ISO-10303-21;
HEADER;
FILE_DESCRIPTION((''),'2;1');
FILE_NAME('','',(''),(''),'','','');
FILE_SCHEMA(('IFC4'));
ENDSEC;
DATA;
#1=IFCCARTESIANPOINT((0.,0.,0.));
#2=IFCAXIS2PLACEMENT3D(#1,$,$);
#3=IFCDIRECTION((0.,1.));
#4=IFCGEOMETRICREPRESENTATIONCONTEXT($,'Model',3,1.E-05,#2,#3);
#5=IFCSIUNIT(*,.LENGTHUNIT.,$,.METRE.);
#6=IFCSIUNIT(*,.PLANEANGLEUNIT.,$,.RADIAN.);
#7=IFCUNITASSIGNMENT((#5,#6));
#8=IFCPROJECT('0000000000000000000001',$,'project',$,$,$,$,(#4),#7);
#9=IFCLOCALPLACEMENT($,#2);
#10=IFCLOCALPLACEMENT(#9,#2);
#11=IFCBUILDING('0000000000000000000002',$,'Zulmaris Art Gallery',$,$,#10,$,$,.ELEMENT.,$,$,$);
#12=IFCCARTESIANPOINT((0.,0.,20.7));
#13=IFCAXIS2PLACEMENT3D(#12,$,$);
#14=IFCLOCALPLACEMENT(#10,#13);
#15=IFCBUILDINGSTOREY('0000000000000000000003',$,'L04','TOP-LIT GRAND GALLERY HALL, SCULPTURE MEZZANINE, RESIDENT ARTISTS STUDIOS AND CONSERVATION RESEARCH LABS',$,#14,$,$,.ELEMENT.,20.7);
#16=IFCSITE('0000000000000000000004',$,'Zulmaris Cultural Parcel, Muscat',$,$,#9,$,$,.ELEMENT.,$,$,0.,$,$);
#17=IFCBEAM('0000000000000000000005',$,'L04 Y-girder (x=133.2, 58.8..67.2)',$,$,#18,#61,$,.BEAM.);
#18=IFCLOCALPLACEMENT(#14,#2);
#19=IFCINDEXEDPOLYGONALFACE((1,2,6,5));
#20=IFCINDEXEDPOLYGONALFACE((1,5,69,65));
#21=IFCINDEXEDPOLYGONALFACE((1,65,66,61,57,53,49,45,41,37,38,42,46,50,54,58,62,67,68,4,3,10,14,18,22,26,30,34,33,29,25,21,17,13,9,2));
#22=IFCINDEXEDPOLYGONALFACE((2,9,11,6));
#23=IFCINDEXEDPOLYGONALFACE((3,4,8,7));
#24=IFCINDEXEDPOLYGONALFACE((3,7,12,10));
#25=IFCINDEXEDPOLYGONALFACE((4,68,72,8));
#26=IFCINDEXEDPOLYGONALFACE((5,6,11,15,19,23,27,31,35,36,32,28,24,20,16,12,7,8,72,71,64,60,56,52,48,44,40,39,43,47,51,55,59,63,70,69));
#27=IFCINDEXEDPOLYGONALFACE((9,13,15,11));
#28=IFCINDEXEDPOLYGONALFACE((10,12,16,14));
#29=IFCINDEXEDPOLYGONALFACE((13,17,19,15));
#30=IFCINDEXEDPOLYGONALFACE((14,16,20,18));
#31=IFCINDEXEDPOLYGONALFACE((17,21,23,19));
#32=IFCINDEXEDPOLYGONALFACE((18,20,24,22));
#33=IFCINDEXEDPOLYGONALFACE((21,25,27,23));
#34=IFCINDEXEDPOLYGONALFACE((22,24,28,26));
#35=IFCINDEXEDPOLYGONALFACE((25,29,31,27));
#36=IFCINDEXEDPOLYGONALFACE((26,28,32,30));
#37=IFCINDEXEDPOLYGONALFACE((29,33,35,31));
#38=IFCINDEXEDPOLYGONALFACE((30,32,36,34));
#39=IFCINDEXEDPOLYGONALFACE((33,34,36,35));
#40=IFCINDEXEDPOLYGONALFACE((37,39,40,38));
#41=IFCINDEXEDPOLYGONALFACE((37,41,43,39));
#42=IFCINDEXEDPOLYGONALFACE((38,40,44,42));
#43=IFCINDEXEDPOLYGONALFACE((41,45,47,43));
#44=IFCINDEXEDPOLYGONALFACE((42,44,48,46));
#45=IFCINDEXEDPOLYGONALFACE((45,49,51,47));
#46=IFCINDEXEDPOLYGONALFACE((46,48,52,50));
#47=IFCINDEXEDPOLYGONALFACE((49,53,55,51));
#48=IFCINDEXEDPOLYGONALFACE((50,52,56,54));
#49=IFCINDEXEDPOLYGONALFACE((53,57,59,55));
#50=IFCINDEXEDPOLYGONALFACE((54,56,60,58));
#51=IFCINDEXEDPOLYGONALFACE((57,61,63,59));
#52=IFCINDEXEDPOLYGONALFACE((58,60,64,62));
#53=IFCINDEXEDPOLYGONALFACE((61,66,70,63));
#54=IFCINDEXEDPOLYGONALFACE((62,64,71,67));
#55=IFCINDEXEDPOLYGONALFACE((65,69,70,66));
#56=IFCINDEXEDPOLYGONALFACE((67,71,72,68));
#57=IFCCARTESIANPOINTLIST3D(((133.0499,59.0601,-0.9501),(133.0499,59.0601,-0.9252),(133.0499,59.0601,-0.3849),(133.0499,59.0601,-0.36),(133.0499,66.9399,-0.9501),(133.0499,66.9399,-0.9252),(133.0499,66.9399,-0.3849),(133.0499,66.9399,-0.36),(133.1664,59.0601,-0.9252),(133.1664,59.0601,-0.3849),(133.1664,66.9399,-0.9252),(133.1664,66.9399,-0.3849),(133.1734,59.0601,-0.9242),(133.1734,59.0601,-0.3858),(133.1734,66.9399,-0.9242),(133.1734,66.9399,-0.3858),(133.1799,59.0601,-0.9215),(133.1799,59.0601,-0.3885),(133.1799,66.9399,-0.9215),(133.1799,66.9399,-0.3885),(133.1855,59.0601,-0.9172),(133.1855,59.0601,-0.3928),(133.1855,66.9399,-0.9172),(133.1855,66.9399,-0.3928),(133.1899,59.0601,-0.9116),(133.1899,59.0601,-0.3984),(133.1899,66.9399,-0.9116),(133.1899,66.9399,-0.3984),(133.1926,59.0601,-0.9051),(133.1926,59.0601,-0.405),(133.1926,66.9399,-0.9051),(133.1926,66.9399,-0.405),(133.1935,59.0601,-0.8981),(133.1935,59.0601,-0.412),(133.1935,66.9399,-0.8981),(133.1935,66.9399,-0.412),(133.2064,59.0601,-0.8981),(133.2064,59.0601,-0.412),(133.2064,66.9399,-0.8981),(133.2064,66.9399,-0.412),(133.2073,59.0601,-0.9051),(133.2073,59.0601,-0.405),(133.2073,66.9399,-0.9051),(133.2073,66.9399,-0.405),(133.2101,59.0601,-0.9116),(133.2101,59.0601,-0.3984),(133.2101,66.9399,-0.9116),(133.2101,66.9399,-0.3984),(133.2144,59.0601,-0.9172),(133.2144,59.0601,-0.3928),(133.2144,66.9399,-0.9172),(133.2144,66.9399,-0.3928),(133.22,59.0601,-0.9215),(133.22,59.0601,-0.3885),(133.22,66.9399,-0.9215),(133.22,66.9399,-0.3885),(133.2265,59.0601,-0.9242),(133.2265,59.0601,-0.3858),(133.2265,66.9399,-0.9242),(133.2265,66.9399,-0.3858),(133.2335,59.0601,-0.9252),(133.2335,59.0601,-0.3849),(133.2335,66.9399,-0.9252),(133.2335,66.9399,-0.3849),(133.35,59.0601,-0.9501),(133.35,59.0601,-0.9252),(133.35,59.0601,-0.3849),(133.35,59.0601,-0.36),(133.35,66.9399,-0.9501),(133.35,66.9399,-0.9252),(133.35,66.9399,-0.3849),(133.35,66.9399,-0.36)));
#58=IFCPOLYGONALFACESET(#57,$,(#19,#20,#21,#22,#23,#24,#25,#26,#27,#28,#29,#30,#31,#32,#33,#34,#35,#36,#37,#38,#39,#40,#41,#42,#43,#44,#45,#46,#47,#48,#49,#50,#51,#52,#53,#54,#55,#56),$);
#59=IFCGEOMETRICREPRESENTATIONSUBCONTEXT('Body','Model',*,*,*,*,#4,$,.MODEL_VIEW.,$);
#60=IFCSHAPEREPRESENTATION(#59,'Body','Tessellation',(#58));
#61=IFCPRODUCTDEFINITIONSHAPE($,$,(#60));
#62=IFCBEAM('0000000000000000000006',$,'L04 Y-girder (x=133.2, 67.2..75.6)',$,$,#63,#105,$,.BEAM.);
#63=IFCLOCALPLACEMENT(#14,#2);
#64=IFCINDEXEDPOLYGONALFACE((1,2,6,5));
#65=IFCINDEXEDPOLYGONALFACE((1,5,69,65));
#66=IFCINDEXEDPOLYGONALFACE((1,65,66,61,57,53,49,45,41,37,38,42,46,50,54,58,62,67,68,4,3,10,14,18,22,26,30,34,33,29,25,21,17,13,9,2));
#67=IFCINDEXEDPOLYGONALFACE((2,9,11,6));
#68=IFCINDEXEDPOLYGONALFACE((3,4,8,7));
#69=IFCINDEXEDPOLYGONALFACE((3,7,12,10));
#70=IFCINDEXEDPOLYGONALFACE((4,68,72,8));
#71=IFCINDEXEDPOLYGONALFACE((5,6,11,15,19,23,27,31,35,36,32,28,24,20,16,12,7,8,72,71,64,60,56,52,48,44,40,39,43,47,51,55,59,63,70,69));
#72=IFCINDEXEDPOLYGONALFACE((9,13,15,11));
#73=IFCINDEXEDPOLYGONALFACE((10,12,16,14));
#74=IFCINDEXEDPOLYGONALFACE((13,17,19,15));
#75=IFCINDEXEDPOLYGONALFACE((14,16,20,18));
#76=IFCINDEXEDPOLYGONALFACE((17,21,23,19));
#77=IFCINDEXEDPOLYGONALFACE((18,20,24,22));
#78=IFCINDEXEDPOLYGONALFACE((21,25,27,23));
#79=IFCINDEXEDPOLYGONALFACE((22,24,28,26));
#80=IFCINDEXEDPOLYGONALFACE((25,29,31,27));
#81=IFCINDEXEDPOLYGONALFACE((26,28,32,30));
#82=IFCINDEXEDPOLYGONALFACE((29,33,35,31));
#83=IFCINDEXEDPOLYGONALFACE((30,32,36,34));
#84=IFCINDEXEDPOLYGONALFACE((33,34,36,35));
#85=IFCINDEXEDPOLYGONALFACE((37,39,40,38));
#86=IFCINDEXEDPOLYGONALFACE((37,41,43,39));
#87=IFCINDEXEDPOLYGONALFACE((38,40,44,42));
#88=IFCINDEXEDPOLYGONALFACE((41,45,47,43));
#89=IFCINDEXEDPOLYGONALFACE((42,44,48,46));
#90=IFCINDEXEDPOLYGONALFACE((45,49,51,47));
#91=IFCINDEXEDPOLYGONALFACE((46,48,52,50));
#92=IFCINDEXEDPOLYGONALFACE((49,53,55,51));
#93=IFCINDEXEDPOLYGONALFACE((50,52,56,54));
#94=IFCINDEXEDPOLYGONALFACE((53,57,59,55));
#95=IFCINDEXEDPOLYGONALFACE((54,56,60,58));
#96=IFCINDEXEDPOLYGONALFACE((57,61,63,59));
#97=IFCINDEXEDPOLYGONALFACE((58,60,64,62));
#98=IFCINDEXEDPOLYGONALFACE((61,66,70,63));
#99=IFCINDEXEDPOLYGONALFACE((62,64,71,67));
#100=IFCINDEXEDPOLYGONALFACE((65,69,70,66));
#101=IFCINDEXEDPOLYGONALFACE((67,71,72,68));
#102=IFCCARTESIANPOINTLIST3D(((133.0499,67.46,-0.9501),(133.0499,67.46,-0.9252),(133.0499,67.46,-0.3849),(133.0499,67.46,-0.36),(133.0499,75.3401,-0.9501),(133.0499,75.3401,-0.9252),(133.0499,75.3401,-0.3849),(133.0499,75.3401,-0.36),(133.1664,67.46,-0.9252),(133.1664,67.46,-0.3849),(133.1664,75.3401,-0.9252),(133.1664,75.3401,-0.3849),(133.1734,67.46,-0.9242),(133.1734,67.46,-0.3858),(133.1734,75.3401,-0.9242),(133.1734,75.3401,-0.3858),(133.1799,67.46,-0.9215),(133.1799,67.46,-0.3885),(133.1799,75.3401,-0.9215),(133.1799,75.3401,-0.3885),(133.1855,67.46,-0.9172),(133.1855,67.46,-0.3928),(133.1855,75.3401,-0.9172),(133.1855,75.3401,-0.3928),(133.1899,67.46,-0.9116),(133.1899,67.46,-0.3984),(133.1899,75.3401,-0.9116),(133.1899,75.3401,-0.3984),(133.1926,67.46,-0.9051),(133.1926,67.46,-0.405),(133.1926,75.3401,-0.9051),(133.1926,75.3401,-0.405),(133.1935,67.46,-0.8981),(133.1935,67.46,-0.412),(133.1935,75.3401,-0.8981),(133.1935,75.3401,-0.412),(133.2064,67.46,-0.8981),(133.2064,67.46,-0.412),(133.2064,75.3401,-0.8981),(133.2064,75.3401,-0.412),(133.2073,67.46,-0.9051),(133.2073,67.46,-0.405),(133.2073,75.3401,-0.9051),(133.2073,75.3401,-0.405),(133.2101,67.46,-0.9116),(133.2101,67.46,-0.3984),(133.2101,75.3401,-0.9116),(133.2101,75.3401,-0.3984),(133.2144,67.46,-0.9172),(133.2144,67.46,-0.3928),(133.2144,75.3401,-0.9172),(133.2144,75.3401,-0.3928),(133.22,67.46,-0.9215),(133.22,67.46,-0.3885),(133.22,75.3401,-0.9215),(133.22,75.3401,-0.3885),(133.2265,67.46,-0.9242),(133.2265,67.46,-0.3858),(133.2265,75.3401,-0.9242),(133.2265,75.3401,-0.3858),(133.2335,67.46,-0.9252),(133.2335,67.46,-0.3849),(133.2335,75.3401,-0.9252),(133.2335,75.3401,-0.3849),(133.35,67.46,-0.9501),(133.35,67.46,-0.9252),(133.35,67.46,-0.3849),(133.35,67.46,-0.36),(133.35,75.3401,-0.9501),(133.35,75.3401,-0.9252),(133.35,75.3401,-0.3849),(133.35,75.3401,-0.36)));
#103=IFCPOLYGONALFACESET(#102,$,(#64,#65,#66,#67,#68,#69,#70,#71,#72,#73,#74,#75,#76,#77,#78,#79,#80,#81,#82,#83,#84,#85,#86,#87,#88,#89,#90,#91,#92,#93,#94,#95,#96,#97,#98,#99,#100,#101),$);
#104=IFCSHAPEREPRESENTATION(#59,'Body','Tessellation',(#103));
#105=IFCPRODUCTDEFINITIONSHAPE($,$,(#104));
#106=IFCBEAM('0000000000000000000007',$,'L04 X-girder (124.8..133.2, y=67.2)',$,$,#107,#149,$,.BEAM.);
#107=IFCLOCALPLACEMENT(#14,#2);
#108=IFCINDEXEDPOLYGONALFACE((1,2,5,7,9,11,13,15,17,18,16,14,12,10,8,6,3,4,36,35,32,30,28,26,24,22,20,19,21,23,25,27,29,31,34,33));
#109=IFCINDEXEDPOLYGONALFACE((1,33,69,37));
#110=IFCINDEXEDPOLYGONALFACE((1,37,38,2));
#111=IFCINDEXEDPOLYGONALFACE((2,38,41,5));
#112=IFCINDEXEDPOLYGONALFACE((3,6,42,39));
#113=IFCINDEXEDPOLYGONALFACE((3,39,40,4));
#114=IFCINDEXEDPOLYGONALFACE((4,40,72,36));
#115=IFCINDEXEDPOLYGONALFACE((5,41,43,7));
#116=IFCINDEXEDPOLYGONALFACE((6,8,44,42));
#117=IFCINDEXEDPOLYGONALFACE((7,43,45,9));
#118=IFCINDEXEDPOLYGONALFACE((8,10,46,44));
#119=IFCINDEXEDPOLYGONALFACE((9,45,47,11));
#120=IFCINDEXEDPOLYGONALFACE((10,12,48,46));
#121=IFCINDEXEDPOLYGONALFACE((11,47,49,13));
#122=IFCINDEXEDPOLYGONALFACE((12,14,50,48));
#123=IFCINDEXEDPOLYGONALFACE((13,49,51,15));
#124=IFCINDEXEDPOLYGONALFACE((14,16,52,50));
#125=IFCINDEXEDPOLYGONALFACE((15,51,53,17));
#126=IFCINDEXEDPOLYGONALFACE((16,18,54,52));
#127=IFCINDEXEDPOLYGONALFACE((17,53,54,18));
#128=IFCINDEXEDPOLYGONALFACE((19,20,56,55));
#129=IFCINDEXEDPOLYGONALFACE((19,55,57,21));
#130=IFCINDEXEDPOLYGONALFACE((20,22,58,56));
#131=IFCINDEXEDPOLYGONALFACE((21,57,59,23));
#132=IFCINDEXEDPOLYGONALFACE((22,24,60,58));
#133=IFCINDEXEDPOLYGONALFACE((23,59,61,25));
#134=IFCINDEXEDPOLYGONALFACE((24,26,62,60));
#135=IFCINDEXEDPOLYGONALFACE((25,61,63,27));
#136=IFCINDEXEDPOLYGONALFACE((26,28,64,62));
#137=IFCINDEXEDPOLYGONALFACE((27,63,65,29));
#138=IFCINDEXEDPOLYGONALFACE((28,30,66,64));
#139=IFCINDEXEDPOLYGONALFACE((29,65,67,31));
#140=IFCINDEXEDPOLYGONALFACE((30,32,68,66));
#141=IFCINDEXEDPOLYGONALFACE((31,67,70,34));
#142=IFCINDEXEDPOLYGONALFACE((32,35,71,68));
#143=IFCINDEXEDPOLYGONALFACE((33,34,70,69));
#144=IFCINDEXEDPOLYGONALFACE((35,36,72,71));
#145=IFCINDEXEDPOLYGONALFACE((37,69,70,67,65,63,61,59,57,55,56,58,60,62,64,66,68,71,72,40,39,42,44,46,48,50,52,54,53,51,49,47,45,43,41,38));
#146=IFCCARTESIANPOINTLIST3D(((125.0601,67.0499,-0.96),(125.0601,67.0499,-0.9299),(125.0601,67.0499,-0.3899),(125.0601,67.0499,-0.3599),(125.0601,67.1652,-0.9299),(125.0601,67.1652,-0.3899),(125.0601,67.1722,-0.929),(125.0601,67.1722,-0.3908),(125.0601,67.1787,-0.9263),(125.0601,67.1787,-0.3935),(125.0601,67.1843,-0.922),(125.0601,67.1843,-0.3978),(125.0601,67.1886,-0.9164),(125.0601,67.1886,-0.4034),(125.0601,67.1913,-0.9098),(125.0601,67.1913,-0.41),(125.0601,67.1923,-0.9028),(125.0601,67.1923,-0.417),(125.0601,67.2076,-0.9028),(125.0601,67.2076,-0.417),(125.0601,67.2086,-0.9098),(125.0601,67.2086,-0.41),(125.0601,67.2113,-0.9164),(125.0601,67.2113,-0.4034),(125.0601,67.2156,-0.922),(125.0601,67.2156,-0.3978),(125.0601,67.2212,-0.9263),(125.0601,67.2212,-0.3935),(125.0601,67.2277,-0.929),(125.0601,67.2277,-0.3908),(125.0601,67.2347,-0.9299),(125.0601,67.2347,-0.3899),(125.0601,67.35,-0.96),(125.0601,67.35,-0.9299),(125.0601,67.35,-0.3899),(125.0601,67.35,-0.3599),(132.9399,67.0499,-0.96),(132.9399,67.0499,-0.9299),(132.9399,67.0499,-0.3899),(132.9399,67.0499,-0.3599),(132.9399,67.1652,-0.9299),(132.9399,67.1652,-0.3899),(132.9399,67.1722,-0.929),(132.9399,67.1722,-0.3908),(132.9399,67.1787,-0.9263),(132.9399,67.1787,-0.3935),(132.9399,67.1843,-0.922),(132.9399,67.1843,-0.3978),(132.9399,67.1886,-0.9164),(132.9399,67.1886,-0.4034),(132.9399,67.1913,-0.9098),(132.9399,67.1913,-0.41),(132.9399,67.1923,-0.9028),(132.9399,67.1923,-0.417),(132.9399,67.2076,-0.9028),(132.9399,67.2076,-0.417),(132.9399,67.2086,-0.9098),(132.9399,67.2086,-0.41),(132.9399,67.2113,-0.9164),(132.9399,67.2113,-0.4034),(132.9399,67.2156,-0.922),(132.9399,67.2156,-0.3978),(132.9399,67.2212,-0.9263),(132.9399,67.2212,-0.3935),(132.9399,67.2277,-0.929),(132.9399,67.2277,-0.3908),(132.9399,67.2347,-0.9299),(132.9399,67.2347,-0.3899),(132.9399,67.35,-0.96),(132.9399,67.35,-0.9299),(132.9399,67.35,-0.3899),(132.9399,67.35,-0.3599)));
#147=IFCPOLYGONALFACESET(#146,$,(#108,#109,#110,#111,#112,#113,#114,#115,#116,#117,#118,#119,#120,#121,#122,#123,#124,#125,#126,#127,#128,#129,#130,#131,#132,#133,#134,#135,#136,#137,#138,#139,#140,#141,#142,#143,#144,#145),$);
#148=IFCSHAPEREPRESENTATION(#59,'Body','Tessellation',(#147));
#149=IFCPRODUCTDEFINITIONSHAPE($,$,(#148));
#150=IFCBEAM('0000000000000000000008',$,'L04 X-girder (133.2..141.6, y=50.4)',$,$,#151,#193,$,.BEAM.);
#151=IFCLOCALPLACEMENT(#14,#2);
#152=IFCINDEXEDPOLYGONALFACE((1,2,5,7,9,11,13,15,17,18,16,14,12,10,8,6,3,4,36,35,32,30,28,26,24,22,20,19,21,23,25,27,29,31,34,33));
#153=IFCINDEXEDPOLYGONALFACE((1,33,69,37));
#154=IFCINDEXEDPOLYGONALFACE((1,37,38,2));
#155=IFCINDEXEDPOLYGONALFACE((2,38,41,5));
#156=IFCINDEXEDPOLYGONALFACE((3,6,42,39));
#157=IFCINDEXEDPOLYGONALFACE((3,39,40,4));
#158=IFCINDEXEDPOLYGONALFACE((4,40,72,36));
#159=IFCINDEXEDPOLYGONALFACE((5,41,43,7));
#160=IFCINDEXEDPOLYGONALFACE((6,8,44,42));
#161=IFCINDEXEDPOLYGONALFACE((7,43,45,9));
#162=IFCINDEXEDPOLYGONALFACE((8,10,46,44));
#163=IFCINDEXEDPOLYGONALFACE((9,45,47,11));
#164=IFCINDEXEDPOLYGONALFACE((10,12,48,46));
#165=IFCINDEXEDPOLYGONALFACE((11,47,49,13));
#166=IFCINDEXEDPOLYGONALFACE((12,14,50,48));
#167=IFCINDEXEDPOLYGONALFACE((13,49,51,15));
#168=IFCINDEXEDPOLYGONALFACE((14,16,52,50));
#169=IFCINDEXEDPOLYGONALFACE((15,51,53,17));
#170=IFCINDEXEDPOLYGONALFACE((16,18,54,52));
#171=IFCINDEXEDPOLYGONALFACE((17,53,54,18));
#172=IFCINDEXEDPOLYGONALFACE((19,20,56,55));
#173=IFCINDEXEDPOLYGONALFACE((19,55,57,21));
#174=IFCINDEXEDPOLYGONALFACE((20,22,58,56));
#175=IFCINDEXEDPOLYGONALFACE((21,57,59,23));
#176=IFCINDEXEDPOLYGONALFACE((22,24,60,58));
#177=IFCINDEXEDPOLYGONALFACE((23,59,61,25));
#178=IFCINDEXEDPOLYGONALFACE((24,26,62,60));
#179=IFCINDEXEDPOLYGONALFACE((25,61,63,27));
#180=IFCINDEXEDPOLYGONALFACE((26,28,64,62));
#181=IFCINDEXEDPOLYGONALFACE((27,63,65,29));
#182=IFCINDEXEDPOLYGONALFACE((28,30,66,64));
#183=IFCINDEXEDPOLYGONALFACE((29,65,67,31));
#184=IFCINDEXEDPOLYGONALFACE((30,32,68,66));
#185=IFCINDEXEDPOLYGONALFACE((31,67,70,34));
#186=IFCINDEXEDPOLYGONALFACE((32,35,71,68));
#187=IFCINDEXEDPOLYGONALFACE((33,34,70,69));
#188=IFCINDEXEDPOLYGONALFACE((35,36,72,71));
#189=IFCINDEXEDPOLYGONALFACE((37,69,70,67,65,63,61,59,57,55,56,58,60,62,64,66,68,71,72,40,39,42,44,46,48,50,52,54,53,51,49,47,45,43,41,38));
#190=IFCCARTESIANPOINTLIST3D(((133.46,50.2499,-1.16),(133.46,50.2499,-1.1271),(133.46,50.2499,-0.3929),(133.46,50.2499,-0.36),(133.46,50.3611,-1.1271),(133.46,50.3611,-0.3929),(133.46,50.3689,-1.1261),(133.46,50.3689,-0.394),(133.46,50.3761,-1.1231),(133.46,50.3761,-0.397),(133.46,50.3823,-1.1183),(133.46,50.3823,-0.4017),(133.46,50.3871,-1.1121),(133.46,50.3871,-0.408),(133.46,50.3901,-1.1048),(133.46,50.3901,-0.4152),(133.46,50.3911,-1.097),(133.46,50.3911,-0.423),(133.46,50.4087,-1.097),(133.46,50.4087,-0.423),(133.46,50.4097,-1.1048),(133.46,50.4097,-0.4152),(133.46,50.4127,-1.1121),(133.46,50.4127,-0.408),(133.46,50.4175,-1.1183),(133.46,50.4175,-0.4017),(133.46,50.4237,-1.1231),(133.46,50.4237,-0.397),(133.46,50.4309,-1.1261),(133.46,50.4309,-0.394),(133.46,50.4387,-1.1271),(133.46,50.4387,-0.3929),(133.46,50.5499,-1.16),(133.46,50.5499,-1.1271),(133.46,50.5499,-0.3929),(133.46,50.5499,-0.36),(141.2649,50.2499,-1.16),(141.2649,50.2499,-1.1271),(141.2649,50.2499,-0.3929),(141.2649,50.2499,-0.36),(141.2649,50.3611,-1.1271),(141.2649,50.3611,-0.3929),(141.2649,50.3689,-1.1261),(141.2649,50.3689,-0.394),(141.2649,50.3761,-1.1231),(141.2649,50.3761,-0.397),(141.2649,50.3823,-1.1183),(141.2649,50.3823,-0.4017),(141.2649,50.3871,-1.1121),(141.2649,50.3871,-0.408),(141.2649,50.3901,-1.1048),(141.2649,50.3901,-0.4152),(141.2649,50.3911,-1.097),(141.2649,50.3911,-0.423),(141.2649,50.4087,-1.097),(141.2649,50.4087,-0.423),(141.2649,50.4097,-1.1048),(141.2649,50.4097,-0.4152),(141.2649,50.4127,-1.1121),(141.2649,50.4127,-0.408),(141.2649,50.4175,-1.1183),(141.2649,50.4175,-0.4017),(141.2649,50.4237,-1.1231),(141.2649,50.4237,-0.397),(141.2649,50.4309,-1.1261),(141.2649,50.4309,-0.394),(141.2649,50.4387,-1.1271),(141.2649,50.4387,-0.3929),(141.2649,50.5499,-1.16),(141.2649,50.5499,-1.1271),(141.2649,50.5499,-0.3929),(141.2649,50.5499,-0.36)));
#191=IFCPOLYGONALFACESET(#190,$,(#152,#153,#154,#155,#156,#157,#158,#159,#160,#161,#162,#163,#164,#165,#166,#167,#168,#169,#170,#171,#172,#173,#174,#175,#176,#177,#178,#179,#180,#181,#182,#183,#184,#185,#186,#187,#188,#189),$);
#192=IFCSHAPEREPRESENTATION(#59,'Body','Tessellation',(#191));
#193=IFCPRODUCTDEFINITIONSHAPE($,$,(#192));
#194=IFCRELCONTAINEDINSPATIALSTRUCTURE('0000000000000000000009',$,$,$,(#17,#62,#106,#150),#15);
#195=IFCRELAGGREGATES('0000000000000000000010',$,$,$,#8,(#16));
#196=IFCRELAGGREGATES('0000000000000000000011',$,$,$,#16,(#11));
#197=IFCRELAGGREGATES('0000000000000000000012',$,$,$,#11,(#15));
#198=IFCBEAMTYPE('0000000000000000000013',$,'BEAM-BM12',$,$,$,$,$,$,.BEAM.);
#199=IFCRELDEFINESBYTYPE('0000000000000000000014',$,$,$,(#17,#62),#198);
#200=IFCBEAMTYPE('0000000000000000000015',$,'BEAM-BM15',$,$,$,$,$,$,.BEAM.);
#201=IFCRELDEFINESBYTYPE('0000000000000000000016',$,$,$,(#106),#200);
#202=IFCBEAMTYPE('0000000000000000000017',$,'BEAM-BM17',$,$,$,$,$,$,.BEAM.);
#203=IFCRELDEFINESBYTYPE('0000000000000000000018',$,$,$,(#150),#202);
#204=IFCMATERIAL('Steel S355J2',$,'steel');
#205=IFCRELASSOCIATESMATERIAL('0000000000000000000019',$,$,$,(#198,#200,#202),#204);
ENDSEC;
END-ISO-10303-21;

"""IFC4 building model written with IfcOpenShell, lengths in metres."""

from ifc_helpers import new_model, si_unit, direction, frame, origin, origin_2d, place, context, subcontext, project, spatial, i_section, extrude, material, material_profile, profile_set, type_object, element, save


model = new_model("IFC4")

# Units and contexts
model_context = context("Model", 3, precision=1e-05, world=origin(), true_north=direction((0.0, 1.0)))
body_context = subcontext(model_context, "Body", "Model", "MODEL_VIEW")
ifc_project = project(units=[si_unit("LENGTHUNIT", "METRE"), si_unit("PLANEANGLEUNIT", "RADIAN")], contexts=[model_context])

# Site, building, storey
site_placement = place(None, origin())
site = spatial("IfcSite", under=ifc_project, at=site_placement, Name="Zulmaris Cultural Parcel, Muscat", CompositionType="ELEMENT", RefElevation=0.0)
building_placement = place(site_placement, origin())
building = spatial("IfcBuilding", under=site, at=building_placement, Name="Zulmaris Art Gallery", CompositionType="ELEMENT")
storey_placement = place(building_placement, frame((0.0, 0.0, 20.7)))
storey = spatial("IfcBuildingStorey", under=building, at=storey_placement, Name="L04", Description="TOP-LIT GRAND GALLERY HALL, SCULPTURE MEZZANINE, RESIDENT ARTISTS STUDIOS AND CONSERVATION RESEARCH LABS", CompositionType="ELEMENT", Elevation=20.7)

# Beams
ifc_material_1 = material(Name="Steel S355J2", Category="steel")
ifc_material_profile_1 = material_profile(ifc_material_1, i_section(OverallWidth=0.3, OverallDepth=0.5901, WebThickness=0.0129, FlangeThickness=0.0249, FilletRadius=0.0271, at=origin_2d()), Name="HEA 600")
ifc_profile_set_1 = profile_set([ifc_material_profile_1], Name="Steel S355J2")
beam_type_1 = type_object("IfcBeamType", Name="BEAM-BM12", PredefinedType="BEAM", material=ifc_profile_set_1)
beam_1_placement = place(storey_placement, frame((133.2, 59.0601, -0.655), z_axis=(0.0, 1.0, 0.0), x_axis=(-1.0, 0.0, 0.0)))
element("IfcBeam", 1, at=beam_1_placement, inside=storey, type_object=beam_type_1, Name="L04 Y-girder (x=133.2, 58.8..67.2)", PredefinedType="BEAM", context=body_context, shape_type="SweptSolid", body=[
    extrude(i_section(OverallWidth=0.3, OverallDepth=0.5901, WebThickness=0.0129, FlangeThickness=0.0249, FilletRadius=0.0271, at=origin_2d()), origin(), (0.0, 0.0, 1.0), 7.8799),
])
beam_2_placement = place(storey_placement, frame((133.2, 67.46, -0.655), z_axis=(0.0, 1.0, 0.0), x_axis=(-1.0, 0.0, 0.0)))
element("IfcBeam", 2, at=beam_2_placement, inside=storey, type_object=beam_type_1, Name="L04 Y-girder (x=133.2, 67.2..75.6)", PredefinedType="BEAM", context=body_context, shape_type="SweptSolid", body=[
    extrude(i_section(OverallWidth=0.3, OverallDepth=0.5901, WebThickness=0.0129, FlangeThickness=0.0249, FilletRadius=0.0271, at=origin_2d()), origin(), (0.0, 0.0, 1.0), 7.8801),
])
ifc_material_profile_2 = material_profile(ifc_material_1, i_section(OverallWidth=0.3, OverallDepth=0.6001, WebThickness=0.0154, FlangeThickness=0.03, FilletRadius=0.0271, at=origin_2d()), Name="HEB 600")
ifc_profile_set_2 = profile_set([ifc_material_profile_2], Name="Steel S355J2")
beam_type_2 = type_object("IfcBeamType", Name="BEAM-BM15", PredefinedType="BEAM", material=ifc_profile_set_2)
beam_3_placement = place(storey_placement, frame((125.0601, 67.2, -0.6599), z_axis=(1.0, 0.0, 0.0), x_axis=(0.0, 1.0, 0.0)))
element("IfcBeam", 3, at=beam_3_placement, inside=storey, type_object=beam_type_2, Name="L04 X-girder (124.8..133.2, y=67.2)", PredefinedType="BEAM", context=body_context, shape_type="SweptSolid", body=[
    extrude(i_section(OverallWidth=0.3, OverallDepth=0.6001, WebThickness=0.0154, FlangeThickness=0.03, FilletRadius=0.0271, at=origin_2d()), origin(), (0.0, 0.0, 1.0), 7.8799),
])
ifc_material_profile_3 = material_profile(ifc_material_1, i_section(OverallWidth=0.3, OverallDepth=0.8, WebThickness=0.0176, FlangeThickness=0.033, FilletRadius=0.03, at=origin_2d()), Name="HEB 800")
ifc_profile_set_3 = profile_set([ifc_material_profile_3], Name="Steel S355J2")
beam_type_3 = type_object("IfcBeamType", Name="BEAM-BM17", PredefinedType="BEAM", material=ifc_profile_set_3)
beam_4_placement = place(storey_placement, frame((133.46, 50.3999, -0.76), z_axis=(1.0, 0.0, 0.0), x_axis=(0.0, 1.0, 0.0)))
element("IfcBeam", 4, at=beam_4_placement, inside=storey, type_object=beam_type_3, Name="L04 X-girder (133.2..141.6, y=50.4)", PredefinedType="BEAM", context=body_context, shape_type="SweptSolid", body=[
    extrude(i_section(OverallWidth=0.3, OverallDepth=0.8, WebThickness=0.0176, FlangeThickness=0.033, FilletRadius=0.03, at=origin_2d()), origin(), (0.0, 0.0, 1.0), 7.8049),
])

save(model, "model.ifc")
